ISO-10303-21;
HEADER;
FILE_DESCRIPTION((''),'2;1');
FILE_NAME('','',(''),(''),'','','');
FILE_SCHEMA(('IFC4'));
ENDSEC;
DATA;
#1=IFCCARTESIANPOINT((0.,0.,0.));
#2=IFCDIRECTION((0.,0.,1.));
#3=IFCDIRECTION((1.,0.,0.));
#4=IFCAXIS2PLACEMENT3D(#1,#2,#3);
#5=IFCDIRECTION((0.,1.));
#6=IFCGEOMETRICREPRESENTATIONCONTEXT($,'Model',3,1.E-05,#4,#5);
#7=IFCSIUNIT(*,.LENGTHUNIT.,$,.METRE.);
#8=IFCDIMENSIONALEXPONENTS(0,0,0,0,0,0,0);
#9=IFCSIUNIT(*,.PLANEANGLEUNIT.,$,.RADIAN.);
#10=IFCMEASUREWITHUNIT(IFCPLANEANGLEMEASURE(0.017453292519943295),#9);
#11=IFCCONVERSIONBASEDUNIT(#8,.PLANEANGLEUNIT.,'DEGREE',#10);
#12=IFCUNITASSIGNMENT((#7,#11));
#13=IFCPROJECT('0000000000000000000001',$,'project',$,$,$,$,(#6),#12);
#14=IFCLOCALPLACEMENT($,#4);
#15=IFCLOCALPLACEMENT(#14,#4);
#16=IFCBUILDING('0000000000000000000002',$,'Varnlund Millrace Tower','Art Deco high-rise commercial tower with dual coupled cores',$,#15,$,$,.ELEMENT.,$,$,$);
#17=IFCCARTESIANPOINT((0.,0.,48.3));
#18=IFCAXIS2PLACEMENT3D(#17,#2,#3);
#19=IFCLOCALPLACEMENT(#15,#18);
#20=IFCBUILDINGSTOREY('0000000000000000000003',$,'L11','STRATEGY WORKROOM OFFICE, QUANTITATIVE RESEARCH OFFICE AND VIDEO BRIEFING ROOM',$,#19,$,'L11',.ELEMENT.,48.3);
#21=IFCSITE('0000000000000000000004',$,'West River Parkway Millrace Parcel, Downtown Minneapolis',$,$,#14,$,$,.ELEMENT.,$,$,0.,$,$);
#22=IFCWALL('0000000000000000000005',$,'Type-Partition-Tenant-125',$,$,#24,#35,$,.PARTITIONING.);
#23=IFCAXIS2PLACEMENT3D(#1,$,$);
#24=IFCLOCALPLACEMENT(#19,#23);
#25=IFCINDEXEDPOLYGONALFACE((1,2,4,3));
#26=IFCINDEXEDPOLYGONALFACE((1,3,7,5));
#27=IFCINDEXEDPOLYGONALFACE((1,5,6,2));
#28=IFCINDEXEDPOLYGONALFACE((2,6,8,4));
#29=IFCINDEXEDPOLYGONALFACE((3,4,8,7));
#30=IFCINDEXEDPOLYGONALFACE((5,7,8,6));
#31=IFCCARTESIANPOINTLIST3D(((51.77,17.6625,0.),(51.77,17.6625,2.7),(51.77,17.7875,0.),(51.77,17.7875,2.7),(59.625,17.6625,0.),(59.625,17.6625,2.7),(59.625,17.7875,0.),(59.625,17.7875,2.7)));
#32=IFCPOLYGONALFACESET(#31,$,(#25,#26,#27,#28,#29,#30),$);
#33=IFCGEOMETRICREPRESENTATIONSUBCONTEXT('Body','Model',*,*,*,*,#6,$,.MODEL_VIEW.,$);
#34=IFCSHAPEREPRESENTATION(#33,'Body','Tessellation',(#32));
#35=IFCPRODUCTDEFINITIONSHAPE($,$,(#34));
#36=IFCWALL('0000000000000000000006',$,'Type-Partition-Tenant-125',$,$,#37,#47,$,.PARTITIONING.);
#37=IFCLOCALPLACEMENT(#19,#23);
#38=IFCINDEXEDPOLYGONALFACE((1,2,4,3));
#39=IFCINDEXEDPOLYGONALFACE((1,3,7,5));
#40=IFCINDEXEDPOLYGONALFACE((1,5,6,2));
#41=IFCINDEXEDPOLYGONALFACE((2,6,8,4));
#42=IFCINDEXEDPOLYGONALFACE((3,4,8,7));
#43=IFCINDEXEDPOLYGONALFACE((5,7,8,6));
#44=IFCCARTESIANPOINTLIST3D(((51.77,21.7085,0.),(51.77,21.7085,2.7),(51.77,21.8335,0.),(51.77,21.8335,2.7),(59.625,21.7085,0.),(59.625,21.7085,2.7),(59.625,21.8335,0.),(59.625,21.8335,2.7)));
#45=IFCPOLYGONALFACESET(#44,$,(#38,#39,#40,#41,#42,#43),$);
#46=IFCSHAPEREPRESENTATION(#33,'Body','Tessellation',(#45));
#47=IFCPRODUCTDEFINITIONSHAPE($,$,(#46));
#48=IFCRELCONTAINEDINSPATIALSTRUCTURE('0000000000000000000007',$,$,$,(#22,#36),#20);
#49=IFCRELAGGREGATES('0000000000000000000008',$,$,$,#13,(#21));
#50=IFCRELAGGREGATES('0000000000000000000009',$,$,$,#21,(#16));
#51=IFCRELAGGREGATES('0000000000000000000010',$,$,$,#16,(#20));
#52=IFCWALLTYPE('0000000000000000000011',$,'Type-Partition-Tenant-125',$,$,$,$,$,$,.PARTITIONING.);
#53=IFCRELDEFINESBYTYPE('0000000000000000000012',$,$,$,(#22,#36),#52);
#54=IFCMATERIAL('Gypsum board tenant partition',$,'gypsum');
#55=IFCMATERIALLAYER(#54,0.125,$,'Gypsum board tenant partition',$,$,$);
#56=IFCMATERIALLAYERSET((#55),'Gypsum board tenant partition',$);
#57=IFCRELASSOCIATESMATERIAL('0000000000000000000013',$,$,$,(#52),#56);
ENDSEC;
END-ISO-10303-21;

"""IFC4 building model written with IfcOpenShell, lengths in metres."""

from ifc_helpers import new_model, entity, si_unit, converted_unit, direction, frame, origin_with_axes, place, context, subcontext, project, spatial, polyline, outline, extrude, material, layer, layer_set, type_object, element, save


model = new_model("IFC4")

# Units and contexts
model_context = context("Model", 3, precision=1e-05, world=origin_with_axes(), true_north=direction((0.0, 1.0)))
body_context = subcontext(model_context, "Body", "Model", "MODEL_VIEW")
ifc_project = project(units=[si_unit("LENGTHUNIT", "METRE"), converted_unit("PLANEANGLEUNIT", "DEGREE", entity("IfcPlaneAngleMeasure", 0.017453292519943295), si_unit("PLANEANGLEUNIT", "RADIAN"), dimensions=[0, 0, 0, 0, 0, 0, 0])], contexts=[model_context])

# Site, building, storey
site_placement = place(None, origin_with_axes())
site = spatial("IfcSite", under=ifc_project, at=site_placement, Name="West River Parkway Millrace Parcel, Downtown Minneapolis", CompositionType="ELEMENT", RefElevation=0.0)
building_placement = place(site_placement, origin_with_axes())
building = spatial("IfcBuilding", under=site, at=building_placement, Name="Varnlund Millrace Tower", Description="Art Deco high-rise commercial tower with dual coupled cores", CompositionType="ELEMENT")
storey_placement = place(building_placement, frame((0.0, 0.0, 48.3), z_axis=(0.0, 0.0, 1.0), x_axis=(1.0, 0.0, 0.0)))
storey = spatial("IfcBuildingStorey", under=building, at=storey_placement, Name="L11", Description="STRATEGY WORKROOM OFFICE, QUANTITATIVE RESEARCH OFFICE AND VIDEO BRIEFING ROOM", LongName="L11", CompositionType="ELEMENT", Elevation=48.3)

# Walls
ifc_material_1 = material(Name="Gypsum board tenant partition", Category="gypsum")
ifc_layer_1 = layer(ifc_material_1, 0.125, Name="Gypsum board tenant partition")
ifc_layer_set_1 = layer_set([ifc_layer_1], Name="Gypsum board tenant partition")
wall_type_1 = type_object("IfcWallType", Name="Type-Partition-Tenant-125", PredefinedType="PARTITIONING", material=ifc_layer_set_1)
for number, where, z_axis, x_axis, name in (
    (1, (51.77, 17.725, 0.0), (0.0, 0.0, 1.0), (1.0, 0.0, 0.0), "Type-Partition-Tenant-125"),
    (2, (51.77, 21.771, 0.0), (0.0, 0.0, 1.0), (1.0, 0.0, 0.0), "Type-Partition-Tenant-125"),
):
    element("IfcWall", number, at=place(storey_placement, frame(where, z_axis=z_axis, x_axis=x_axis)), inside=storey, type_object=wall_type_1, Name=name, PredefinedType="PARTITIONING", context=body_context, shape_type="SweptSolid", body=[
        extrude(outline(polyline([(0.0, -0.0625), (7.855, -0.0625), (7.855, 0.0625), (0.0, 0.0625), (0.0, -0.0625)])), origin_with_axes(), (0.0, 0.0, 1.0), 2.7),
    ])

save(model, "model.ifc")
